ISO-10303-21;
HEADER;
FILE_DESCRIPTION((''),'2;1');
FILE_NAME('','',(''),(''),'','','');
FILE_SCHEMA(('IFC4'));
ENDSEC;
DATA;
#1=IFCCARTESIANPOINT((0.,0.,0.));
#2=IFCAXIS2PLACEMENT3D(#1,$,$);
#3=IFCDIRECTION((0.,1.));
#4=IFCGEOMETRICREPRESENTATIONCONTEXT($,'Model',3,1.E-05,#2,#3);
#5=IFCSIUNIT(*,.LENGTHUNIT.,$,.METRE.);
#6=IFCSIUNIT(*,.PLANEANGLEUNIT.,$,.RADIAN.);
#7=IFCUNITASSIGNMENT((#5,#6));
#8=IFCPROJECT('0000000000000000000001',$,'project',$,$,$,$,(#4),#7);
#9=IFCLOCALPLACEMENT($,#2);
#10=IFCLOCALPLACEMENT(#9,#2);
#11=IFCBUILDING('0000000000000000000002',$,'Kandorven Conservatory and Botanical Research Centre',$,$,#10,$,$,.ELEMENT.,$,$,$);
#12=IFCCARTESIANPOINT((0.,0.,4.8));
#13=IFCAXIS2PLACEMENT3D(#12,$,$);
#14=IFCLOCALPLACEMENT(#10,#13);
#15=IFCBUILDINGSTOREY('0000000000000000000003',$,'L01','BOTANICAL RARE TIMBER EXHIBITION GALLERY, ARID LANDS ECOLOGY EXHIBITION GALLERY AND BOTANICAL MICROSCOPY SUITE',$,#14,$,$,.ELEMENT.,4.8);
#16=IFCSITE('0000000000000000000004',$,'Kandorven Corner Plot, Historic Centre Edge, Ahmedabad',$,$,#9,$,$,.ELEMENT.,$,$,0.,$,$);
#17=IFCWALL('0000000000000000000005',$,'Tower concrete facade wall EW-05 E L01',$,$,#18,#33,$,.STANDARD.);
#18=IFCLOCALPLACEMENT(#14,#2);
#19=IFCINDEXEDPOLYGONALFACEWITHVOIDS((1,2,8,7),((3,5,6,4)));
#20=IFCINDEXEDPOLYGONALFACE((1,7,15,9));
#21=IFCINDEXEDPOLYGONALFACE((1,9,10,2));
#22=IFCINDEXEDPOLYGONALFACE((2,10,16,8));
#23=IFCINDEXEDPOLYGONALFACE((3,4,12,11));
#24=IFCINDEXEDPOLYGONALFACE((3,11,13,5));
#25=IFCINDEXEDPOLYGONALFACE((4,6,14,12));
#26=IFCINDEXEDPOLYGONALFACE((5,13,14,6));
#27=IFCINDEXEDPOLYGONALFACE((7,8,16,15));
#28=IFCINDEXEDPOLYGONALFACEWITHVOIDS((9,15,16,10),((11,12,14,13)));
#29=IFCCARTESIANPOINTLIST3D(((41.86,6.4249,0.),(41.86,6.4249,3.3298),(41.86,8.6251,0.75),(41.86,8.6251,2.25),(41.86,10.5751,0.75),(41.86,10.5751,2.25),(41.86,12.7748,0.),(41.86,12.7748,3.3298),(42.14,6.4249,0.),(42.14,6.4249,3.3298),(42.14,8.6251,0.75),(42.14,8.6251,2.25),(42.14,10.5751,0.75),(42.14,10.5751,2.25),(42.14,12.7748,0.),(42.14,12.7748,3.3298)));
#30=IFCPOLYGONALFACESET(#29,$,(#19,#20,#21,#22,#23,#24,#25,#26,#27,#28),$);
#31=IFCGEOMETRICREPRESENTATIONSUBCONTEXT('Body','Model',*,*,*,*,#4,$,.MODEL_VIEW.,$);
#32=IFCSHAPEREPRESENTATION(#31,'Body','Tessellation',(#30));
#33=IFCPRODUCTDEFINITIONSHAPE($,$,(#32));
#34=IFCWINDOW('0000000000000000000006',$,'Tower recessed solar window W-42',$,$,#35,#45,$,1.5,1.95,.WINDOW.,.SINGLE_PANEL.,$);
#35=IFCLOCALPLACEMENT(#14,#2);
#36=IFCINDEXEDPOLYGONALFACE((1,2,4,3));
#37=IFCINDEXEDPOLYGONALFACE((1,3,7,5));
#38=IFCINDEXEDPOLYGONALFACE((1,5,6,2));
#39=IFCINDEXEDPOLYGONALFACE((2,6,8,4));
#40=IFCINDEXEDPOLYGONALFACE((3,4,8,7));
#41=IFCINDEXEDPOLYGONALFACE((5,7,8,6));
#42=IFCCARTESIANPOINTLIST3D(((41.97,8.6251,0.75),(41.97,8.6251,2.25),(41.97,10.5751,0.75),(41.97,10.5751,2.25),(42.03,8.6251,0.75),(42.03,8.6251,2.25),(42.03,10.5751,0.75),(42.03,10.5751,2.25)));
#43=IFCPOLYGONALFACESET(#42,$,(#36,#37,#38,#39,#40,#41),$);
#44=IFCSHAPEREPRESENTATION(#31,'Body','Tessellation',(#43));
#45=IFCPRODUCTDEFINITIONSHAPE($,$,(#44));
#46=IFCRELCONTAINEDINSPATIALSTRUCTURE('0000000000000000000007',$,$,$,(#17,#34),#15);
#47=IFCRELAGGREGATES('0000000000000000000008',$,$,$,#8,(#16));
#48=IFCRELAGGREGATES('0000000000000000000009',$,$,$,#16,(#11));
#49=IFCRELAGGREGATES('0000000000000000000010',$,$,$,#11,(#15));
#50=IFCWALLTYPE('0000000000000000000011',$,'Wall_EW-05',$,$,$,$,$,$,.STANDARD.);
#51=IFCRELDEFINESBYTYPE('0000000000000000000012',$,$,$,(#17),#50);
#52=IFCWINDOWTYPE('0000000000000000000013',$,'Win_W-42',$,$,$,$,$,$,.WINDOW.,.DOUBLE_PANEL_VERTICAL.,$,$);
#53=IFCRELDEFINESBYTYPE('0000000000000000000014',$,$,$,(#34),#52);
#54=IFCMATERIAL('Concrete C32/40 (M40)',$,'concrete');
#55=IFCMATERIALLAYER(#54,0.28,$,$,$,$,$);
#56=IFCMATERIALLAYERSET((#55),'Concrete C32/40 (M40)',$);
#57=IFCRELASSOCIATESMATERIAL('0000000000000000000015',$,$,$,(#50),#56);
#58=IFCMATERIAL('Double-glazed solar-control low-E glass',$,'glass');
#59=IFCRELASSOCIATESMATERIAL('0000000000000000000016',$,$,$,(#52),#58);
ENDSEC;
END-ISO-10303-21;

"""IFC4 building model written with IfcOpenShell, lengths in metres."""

from ifc_helpers import new_model, si_unit, direction, frame, frame_2d, origin, place, context, subcontext, project, spatial, rectangle, extrude, material, layer, layer_set, type_object, element, fill, save


model = new_model("IFC4")

# Units and contexts
model_context = context("Model", 3, precision=1e-05, world=origin(), true_north=direction((0.0, 1.0)))
body_context = subcontext(model_context, "Body", "Model", "MODEL_VIEW")
ifc_project = project(units=[si_unit("LENGTHUNIT", "METRE"), si_unit("PLANEANGLEUNIT", "RADIAN")], contexts=[model_context])

# Site, building, storey
site_placement = place(None, origin())
site = spatial("IfcSite", under=ifc_project, at=site_placement, Name="Kandorven Corner Plot, Historic Centre Edge, Ahmedabad", CompositionType="ELEMENT", RefElevation=0.0)
building_placement = place(site_placement, origin())
building = spatial("IfcBuilding", under=site, at=building_placement, Name="Kandorven Conservatory and Botanical Research Centre", CompositionType="ELEMENT")
storey_placement = place(building_placement, frame((0.0, 0.0, 4.8)))
storey = spatial("IfcBuildingStorey", under=building, at=storey_placement, Name="L01", Description="BOTANICAL RARE TIMBER EXHIBITION GALLERY, ARID LANDS ECOLOGY EXHIBITION GALLERY AND BOTANICAL MICROSCOPY SUITE", CompositionType="ELEMENT", Elevation=4.8)

# Wall, opening, window
ifc_material_1 = material(Name="Concrete C32/40 (M40)", Category="concrete")
ifc_layer_1 = layer(ifc_material_1, 0.28)
ifc_layer_set_1 = layer_set([ifc_layer_1], Name="Concrete C32/40 (M40)")
wall_type_1 = type_object("IfcWallType", Name="Wall_EW-05", PredefinedType="STANDARD", material=ifc_layer_set_1)
wall_1_placement = place(storey_placement, frame((42.0, 6.425, 0.0), z_axis=(0.0, 0.0, 1.0), x_axis=(0.0, 1.0, 0.0)))
wall_1 = element("IfcWall", 1, at=wall_1_placement, inside=storey, type_object=wall_type_1, Name="Tower concrete facade wall EW-05 E L01", PredefinedType="STANDARD", context=body_context, shape_type="SweptSolid", body=[
    extrude(rectangle(XDim=6.3499, YDim=0.28, at=frame_2d((3.1748, 0.0))), origin(), (0.0, 0.0, 1.0), 3.3298),
])
opening_1_placement = place(wall_1_placement, frame((2.2, 0.0, 0.75)))
opening_1 = element("IfcOpeningElement", 2, at=opening_1_placement, cuts=wall_1, PredefinedType="OPENING", context=body_context, shape_type="SweptSolid", body=[
    extrude(rectangle(XDim=1.95, YDim=1.5, at=frame_2d((0.9751, 0.75))), frame((0.0, 0.1499, 0.0), z_axis=(0.0, -1.0, 0.0), x_axis=(1.0, 0.0, 0.0)), (0.0, 0.0, 1.0), 0.3),
])
ifc_material_2 = material(Name="Double-glazed solar-control low-E glass", Category="glass")
window_type_1 = type_object("IfcWindowType", Name="Win_W-42", PartitioningType="DOUBLE_PANEL_VERTICAL", PredefinedType="WINDOW", material=ifc_material_2)
window_1_placement = place(opening_1_placement, origin())
window_1 = element("IfcWindow", 3, at=window_1_placement, inside=storey, type_object=window_type_1, Name="Tower recessed solar window W-42", OverallHeight=1.5, OverallWidth=1.95, PartitioningType="SINGLE_PANEL", PredefinedType="WINDOW", context=body_context, shape_type="SweptSolid", body=[
    extrude(rectangle(XDim=1.95, YDim=1.5, at=frame_2d((0.9751, 0.75))), frame((0.0, 0.03, 0.0), z_axis=(0.0, -1.0, 0.0), x_axis=(1.0, 0.0, 0.0)), (0.0, 0.0, 1.0), 0.0601),
])
fill(opening_1, window_1)

save(model, "model.ifc")
